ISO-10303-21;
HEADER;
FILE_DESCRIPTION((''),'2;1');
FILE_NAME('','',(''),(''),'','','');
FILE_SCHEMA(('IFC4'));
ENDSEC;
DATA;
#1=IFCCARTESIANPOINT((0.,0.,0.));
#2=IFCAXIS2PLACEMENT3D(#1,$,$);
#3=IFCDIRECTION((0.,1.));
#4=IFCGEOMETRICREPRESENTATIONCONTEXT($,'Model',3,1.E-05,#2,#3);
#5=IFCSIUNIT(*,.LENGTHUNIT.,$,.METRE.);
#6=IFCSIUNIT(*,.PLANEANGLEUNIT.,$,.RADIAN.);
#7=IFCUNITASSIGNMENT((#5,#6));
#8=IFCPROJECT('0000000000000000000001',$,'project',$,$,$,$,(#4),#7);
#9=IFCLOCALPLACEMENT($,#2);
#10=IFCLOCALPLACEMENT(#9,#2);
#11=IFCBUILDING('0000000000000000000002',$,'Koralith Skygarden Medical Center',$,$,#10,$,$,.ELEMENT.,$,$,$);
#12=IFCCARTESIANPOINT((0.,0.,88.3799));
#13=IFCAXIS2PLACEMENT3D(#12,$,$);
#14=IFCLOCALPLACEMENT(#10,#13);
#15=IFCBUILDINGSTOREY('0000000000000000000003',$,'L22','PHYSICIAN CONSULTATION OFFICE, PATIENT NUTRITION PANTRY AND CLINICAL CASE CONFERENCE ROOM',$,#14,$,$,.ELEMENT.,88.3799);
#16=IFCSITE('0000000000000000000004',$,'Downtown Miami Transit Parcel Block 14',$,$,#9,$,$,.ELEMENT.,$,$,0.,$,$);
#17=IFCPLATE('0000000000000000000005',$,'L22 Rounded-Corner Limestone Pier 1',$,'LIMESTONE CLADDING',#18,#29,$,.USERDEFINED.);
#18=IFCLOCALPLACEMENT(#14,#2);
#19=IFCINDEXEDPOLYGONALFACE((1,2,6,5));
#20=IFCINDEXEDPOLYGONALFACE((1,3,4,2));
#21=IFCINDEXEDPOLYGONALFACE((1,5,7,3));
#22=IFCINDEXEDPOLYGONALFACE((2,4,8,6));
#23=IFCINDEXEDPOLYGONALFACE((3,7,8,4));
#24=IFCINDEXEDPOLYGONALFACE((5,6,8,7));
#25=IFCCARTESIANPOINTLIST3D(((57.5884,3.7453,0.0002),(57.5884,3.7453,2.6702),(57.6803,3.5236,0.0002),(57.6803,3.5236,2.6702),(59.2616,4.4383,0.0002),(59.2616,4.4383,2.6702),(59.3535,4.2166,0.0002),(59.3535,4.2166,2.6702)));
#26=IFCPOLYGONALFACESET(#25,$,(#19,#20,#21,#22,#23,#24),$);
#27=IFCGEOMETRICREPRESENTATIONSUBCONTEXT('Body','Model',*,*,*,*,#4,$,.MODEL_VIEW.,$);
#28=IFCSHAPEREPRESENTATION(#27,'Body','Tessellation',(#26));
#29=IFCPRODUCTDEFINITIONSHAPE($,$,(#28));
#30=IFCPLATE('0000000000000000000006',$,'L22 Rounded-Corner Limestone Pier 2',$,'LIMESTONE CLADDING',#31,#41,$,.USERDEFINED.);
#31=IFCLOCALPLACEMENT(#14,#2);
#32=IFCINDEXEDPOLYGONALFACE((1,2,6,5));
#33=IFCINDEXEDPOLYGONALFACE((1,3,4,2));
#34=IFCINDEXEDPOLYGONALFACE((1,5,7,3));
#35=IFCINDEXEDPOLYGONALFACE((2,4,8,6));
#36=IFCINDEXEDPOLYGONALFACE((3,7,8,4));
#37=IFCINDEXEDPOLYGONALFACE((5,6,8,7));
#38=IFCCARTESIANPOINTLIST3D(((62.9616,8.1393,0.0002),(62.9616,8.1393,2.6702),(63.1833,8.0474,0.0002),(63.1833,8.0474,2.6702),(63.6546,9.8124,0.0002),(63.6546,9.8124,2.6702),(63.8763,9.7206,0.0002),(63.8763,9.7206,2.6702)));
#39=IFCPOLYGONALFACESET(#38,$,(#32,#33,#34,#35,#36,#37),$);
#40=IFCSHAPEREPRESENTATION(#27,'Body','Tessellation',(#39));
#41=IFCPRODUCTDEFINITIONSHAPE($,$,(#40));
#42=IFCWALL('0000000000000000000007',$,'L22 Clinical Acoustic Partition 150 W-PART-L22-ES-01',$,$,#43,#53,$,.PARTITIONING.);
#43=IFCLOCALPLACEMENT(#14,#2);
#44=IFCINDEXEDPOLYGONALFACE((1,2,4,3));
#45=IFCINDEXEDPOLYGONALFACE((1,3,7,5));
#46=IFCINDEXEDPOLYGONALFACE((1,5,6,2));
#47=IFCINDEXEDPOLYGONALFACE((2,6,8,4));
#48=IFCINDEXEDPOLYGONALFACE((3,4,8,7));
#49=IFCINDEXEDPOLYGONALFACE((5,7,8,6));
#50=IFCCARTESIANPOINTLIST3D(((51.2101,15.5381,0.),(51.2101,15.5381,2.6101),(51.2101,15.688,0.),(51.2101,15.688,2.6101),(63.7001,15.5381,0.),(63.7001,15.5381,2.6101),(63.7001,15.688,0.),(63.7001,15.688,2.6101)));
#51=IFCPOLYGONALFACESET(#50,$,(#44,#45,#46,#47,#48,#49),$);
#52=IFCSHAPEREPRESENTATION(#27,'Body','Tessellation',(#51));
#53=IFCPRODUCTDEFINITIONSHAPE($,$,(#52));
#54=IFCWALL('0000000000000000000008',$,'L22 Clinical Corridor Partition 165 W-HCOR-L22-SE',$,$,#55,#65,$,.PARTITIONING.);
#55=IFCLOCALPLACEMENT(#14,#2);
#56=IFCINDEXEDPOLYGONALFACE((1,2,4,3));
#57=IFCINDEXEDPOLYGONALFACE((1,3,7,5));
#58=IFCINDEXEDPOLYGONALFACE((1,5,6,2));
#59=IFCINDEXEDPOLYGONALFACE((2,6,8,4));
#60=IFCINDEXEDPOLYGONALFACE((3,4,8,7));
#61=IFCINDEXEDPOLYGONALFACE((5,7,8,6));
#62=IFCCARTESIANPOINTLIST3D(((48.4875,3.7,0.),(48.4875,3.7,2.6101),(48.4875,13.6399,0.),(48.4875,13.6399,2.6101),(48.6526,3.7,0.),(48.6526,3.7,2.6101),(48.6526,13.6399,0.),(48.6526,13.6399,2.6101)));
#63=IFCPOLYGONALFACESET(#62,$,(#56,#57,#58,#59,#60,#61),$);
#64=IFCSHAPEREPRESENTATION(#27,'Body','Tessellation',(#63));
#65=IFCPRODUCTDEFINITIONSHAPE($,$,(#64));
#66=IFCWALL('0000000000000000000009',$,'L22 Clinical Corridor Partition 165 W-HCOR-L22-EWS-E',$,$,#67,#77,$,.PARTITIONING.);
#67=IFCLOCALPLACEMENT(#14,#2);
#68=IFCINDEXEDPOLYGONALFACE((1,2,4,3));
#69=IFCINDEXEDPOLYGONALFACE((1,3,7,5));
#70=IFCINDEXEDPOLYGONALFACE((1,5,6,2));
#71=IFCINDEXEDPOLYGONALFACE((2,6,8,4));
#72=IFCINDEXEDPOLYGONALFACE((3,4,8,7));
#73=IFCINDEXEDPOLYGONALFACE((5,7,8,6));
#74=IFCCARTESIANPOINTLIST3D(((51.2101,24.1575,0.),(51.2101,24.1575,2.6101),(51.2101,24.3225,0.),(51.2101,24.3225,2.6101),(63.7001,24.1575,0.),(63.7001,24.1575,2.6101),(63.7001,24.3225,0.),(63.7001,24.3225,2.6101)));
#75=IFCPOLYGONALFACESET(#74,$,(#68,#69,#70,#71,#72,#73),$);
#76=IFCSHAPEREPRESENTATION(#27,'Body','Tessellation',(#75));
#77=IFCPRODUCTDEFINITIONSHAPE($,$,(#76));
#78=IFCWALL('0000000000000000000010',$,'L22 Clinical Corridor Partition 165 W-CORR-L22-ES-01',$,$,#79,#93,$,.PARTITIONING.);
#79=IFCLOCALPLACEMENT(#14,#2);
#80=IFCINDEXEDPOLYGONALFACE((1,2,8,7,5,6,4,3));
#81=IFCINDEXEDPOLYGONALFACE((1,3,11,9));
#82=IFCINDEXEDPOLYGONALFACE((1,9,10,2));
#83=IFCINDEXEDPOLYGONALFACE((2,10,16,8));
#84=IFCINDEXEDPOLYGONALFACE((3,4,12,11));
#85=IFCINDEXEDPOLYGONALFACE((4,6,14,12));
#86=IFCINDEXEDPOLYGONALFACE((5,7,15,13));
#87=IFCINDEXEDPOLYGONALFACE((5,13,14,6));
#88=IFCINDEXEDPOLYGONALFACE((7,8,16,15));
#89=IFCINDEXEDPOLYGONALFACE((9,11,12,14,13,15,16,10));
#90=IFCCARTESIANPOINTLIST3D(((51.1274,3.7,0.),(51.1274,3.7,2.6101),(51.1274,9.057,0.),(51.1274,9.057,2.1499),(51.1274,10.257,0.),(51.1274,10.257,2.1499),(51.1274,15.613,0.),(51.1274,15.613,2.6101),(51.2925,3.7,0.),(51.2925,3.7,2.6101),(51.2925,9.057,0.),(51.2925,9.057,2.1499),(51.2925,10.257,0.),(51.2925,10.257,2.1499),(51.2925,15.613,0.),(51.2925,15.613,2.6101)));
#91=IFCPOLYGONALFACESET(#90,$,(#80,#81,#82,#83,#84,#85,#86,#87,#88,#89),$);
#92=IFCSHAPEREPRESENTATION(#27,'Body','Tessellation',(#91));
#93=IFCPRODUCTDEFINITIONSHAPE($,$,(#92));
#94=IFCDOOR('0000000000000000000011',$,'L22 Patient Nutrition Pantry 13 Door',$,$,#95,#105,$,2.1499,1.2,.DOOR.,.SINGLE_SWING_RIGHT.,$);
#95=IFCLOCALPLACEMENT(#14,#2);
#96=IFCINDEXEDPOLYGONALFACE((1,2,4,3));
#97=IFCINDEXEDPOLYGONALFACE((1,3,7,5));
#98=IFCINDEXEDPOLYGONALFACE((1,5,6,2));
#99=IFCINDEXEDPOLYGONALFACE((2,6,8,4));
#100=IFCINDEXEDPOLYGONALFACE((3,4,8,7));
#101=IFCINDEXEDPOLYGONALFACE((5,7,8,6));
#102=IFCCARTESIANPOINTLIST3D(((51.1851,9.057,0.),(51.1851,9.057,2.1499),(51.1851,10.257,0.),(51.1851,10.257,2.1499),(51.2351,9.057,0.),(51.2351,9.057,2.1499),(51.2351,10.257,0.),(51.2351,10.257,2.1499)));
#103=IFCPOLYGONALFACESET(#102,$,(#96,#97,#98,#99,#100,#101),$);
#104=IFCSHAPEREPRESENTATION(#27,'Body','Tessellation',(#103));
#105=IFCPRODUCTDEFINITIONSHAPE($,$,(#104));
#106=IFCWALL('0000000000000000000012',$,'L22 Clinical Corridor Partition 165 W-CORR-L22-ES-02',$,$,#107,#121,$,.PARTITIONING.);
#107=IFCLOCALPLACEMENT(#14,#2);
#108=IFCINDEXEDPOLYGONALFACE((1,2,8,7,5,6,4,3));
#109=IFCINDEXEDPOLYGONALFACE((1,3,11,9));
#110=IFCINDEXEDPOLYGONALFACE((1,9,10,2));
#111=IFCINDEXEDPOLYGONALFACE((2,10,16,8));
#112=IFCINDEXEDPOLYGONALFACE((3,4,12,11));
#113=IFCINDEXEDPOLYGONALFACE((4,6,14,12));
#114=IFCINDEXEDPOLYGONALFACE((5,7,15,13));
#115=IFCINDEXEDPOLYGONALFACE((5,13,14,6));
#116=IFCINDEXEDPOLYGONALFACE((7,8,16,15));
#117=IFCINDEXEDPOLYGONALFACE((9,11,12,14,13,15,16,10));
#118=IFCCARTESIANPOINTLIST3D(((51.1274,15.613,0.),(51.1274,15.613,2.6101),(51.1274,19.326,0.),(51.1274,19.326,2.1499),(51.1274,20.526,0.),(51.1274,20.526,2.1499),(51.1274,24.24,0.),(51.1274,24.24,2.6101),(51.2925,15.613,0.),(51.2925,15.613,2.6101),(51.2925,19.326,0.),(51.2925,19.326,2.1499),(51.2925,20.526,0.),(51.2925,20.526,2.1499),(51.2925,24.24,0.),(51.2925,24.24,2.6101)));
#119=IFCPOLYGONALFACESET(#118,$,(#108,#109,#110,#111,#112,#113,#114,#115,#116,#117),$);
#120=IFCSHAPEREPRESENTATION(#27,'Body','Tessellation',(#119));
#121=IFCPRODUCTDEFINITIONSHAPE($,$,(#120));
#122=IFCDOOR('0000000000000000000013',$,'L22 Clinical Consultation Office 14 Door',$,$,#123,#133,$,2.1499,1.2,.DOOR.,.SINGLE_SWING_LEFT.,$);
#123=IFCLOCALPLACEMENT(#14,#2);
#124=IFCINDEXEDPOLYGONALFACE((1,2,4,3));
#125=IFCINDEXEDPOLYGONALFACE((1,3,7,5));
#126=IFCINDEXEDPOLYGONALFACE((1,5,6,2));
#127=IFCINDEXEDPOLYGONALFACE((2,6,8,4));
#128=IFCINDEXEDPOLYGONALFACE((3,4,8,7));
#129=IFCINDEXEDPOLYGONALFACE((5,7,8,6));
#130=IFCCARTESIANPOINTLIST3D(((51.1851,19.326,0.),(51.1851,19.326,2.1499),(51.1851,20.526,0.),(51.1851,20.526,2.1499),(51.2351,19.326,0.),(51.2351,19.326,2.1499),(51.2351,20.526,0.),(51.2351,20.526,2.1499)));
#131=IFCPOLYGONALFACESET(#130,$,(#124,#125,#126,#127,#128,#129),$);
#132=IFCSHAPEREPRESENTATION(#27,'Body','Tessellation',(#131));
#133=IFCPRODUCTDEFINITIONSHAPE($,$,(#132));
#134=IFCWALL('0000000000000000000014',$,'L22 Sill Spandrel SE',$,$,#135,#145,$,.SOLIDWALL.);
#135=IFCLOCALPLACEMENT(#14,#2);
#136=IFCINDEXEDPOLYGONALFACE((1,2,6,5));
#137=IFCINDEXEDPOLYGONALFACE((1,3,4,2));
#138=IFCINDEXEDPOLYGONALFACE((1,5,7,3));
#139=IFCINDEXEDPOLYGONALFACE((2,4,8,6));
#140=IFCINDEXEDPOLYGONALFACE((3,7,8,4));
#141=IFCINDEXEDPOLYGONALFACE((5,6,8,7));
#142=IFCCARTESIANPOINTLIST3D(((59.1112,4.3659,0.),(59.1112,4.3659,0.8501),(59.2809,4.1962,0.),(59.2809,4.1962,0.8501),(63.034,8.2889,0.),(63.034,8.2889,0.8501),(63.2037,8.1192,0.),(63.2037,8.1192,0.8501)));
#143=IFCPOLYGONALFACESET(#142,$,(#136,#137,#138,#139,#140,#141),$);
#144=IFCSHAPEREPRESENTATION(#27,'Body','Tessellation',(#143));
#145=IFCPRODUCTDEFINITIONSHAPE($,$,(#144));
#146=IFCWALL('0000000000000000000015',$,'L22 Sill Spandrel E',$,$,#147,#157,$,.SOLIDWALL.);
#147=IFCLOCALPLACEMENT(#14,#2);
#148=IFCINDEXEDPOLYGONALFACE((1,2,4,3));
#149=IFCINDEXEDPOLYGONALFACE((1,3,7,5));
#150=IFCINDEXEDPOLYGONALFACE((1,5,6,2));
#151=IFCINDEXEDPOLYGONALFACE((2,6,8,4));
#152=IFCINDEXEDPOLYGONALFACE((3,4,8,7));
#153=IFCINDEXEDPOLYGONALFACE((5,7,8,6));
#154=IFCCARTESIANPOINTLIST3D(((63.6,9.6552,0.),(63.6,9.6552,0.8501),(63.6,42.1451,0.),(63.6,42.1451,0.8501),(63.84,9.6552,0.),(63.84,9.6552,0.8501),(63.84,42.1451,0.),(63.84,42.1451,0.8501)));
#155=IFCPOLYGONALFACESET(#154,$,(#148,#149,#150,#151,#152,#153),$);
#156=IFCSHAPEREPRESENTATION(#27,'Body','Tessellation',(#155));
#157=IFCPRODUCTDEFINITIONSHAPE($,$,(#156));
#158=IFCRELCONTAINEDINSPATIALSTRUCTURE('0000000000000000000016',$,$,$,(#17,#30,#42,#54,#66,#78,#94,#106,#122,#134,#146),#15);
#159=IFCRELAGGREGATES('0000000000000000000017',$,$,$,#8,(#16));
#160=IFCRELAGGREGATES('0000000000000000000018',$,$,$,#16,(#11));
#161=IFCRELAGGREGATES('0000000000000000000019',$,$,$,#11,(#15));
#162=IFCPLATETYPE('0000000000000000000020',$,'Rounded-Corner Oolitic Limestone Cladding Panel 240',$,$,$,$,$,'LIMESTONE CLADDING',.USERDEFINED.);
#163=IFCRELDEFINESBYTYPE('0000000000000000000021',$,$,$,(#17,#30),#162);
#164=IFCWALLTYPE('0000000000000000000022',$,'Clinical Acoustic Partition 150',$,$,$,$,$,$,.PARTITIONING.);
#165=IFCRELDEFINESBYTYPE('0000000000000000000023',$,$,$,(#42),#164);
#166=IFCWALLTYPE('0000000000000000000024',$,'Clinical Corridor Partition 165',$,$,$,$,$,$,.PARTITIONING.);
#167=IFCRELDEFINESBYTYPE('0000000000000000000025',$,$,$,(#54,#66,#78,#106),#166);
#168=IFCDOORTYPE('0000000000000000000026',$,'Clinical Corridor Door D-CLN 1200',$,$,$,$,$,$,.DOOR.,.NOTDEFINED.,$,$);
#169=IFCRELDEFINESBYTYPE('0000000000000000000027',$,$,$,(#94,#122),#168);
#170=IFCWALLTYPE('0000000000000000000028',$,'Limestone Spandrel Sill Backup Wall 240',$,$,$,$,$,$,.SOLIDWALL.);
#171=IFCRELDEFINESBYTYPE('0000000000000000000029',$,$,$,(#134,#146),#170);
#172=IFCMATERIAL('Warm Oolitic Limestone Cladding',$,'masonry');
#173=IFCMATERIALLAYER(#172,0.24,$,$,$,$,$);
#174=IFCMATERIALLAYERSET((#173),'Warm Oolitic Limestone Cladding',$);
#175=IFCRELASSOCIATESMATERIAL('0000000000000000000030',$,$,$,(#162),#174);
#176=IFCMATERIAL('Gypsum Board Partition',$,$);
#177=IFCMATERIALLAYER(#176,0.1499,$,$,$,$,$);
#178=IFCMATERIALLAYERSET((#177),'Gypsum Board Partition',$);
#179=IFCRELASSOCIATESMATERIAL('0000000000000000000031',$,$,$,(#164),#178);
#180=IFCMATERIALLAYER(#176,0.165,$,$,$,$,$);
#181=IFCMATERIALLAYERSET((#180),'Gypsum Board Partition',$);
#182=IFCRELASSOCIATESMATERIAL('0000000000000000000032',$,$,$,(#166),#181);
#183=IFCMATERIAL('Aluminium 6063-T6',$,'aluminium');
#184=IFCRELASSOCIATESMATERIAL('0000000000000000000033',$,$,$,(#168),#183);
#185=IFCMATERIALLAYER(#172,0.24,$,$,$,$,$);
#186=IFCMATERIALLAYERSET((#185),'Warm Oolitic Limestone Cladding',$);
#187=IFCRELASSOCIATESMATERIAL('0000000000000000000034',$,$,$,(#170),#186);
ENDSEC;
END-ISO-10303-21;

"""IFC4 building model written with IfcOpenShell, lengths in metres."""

from ifc_helpers import new_model, si_unit, direction, frame, frame_2d, origin, origin_2d, place, context, subcontext, project, spatial, rectangle, extrude, material, layer, layer_set, type_object, element, fill, save


model = new_model("IFC4")

# Units and contexts
model_context = context("Model", 3, precision=1e-05, world=origin(), true_north=direction((0.0, 1.0)))
body_context = subcontext(model_context, "Body", "Model", "MODEL_VIEW")
ifc_project = project(units=[si_unit("LENGTHUNIT", "METRE"), si_unit("PLANEANGLEUNIT", "RADIAN")], contexts=[model_context])

# Site, building, storey
site_placement = place(None, origin())
site = spatial("IfcSite", under=ifc_project, at=site_placement, Name="Downtown Miami Transit Parcel Block 14", CompositionType="ELEMENT", RefElevation=0.0)
building_placement = place(site_placement, origin())
building = spatial("IfcBuilding", under=site, at=building_placement, Name="Koralith Skygarden Medical Center", CompositionType="ELEMENT")
storey_placement = place(building_placement, frame((0.0, 0.0, 88.3799)))
storey = spatial("IfcBuildingStorey", under=building, at=storey_placement, Name="L22", Description="PHYSICIAN CONSULTATION OFFICE, PATIENT NUTRITION PANTRY AND CLINICAL CASE CONFERENCE ROOM", CompositionType="ELEMENT", Elevation=88.3799)

# Shared definitions
ifc_material_1 = material(Name="Aluminium 6063-T6", Category="aluminium")

# Plates
ifc_material_2 = material(Name="Warm Oolitic Limestone Cladding", Category="masonry")
ifc_layer_1 = layer(ifc_material_2, 0.24)
ifc_layer_set_1 = layer_set([ifc_layer_1], Name="Warm Oolitic Limestone Cladding")
plate_type_1 = type_object("IfcPlateType", Name="Rounded-Corner Oolitic Limestone Cladding Panel 240", ElementType="LIMESTONE CLADDING", PredefinedType="USERDEFINED", material=ifc_layer_set_1)
for number, where, z_axis, x_axis, name in (
    (1, (58.4709, 3.981, 0.0002), (0.0, 0.0, 1.0), (0.923885, 0.382671, 0.0), "L22 Rounded-Corner Limestone Pier 1"),
    (2, (63.4189, 8.9299, 0.0002), (0.0, 0.0, 1.0), (0.382671, 0.923885, 0.0), "L22 Rounded-Corner Limestone Pier 2"),
):
    element("IfcPlate", number, at=place(storey_placement, frame(where, z_axis=z_axis, x_axis=x_axis)), inside=storey, type_object=plate_type_1, Name=name, ObjectType="LIMESTONE CLADDING", PredefinedType="USERDEFINED", context=body_context, shape_type="SweptSolid", body=[
        extrude(rectangle(XDim=1.811, YDim=0.24, at=origin_2d()), origin(), (0.0, 0.0, 1.0), 2.6699),
    ])

# Walls
ifc_material_3 = material(Name="Gypsum Board Partition")
ifc_layer_2 = layer(ifc_material_3, 0.1499)
ifc_layer_set_2 = layer_set([ifc_layer_2], Name="Gypsum Board Partition")
wall_type_1 = type_object("IfcWallType", Name="Clinical Acoustic Partition 150", PredefinedType="PARTITIONING", material=ifc_layer_set_2)
wall_1_placement = place(storey_placement, frame((51.21, 15.613, 0.0), z_axis=(0.0, 0.0, 1.0), x_axis=(1.0, 0.0, 0.0)))
element("IfcWall", 3, at=wall_1_placement, inside=storey, type_object=wall_type_1, Name="L22 Clinical Acoustic Partition 150 W-PART-L22-ES-01", PredefinedType="PARTITIONING", context=body_context, shape_type="SweptSolid", body=[
    extrude(rectangle(XDim=12.49, YDim=0.1499, at=frame_2d((6.2451, 0.0))), origin(), (0.0, 0.0, 1.0), 2.6101),
])
ifc_layer_3 = layer(ifc_material_3, 0.165)
ifc_layer_set_3 = layer_set([ifc_layer_3], Name="Gypsum Board Partition")
wall_type_2 = type_object("IfcWallType", Name="Clinical Corridor Partition 165", PredefinedType="PARTITIONING", material=ifc_layer_set_3)
wall_2_placement = place(storey_placement, frame((48.5701, 3.7, 0.0), z_axis=(0.0, 0.0, 1.0), x_axis=(0.0, 1.0, 0.0)))
element("IfcWall", 4, at=wall_2_placement, inside=storey, type_object=wall_type_2, Name="L22 Clinical Corridor Partition 165 W-HCOR-L22-SE", PredefinedType="PARTITIONING", context=body_context, shape_type="SweptSolid", body=[
    extrude(rectangle(XDim=9.9399, YDim=0.165, at=frame_2d((4.97, 0.0))), origin(), (0.0, 0.0, 1.0), 2.6101),
])
wall_3_placement = place(storey_placement, frame((51.21, 24.24, 0.0), z_axis=(0.0, 0.0, 1.0), x_axis=(1.0, 0.0, 0.0)))
element("IfcWall", 5, at=wall_3_placement, inside=storey, type_object=wall_type_2, Name="L22 Clinical Corridor Partition 165 W-HCOR-L22-EWS-E", PredefinedType="PARTITIONING", context=body_context, shape_type="SweptSolid", body=[
    extrude(rectangle(XDim=12.49, YDim=0.165, at=frame_2d((6.2451, 0.0))), origin(), (0.0, 0.0, 1.0), 2.6101),
])

# Walls, openings, doors
wall_4_placement = place(storey_placement, frame((51.21, 3.7, 0.0), z_axis=(0.0, 0.0, 1.0), x_axis=(0.0, 1.0, 0.0)))
wall_4 = element("IfcWall", 6, at=wall_4_placement, inside=storey, type_object=wall_type_2, Name="L22 Clinical Corridor Partition 165 W-CORR-L22-ES-01", PredefinedType="PARTITIONING", context=body_context, shape_type="SweptSolid", body=[
    extrude(rectangle(XDim=11.9131, YDim=0.165, at=frame_2d((5.9565, 0.0))), origin(), (0.0, 0.0, 1.0), 2.6101),
])
opening_1_placement = place(wall_4_placement, frame((5.3569, 0.0, 0.0)))
opening_1 = element("IfcOpeningElement", 7, at=opening_1_placement, cuts=wall_4, PredefinedType="OPENING", context=body_context, shape_type="SweptSolid", body=[
    extrude(rectangle(XDim=1.2, YDim=2.1499, at=frame_2d((0.6001, 1.075))), frame((0.0, 0.0925, 0.0), z_axis=(0.0, -1.0, 0.0), x_axis=(1.0, 0.0, 0.0)), (0.0, 0.0, 1.0), 0.1851),
])
door_type = type_object("IfcDoorType", Name="Clinical Corridor Door D-CLN 1200", OperationType="NOTDEFINED", PredefinedType="DOOR", material=ifc_material_1)
door_1_placement = place(opening_1_placement, origin())
door_1 = element("IfcDoor", 8, at=door_1_placement, inside=storey, type_object=door_type, Name="L22 Patient Nutrition Pantry 13 Door", OperationType="SINGLE_SWING_RIGHT", OverallHeight=2.1499, OverallWidth=1.2, PredefinedType="DOOR", context=body_context, shape_type="SweptSolid", body=[
    extrude(rectangle(XDim=1.2, YDim=2.1499, at=frame_2d((0.6001, 1.075))), frame((0.0, 0.0249, 0.0), z_axis=(0.0, -1.0, 0.0), x_axis=(1.0, 0.0, 0.0)), (0.0, 0.0, 1.0), 0.05),
])
fill(opening_1, door_1)
wall_5_placement = place(storey_placement, frame((51.21, 15.613, 0.0), z_axis=(0.0, 0.0, 1.0), x_axis=(0.0, 1.0, 0.0)))
wall_5 = element("IfcWall", 9, at=wall_5_placement, inside=storey, type_object=wall_type_2, Name="L22 Clinical Corridor Partition 165 W-CORR-L22-ES-02", PredefinedType="PARTITIONING", context=body_context, shape_type="SweptSolid", body=[
    extrude(rectangle(XDim=8.627, YDim=0.165, at=frame_2d((4.3135, 0.0))), origin(), (0.0, 0.0, 1.0), 2.6101),
])
opening_2_placement = place(wall_5_placement, frame((3.7129, 0.0, 0.0)))
opening_2 = element("IfcOpeningElement", 10, at=opening_2_placement, cuts=wall_5, PredefinedType="OPENING", context=body_context, shape_type="SweptSolid", body=[
    extrude(rectangle(XDim=1.2, YDim=2.1499, at=frame_2d((0.6001, 1.075))), frame((0.0, 0.0925, 0.0), z_axis=(0.0, -1.0, 0.0), x_axis=(1.0, 0.0, 0.0)), (0.0, 0.0, 1.0), 0.1851),
])
door_2_placement = place(opening_2_placement, origin())
door_2 = element("IfcDoor", 11, at=door_2_placement, inside=storey, type_object=door_type, Name="L22 Clinical Consultation Office 14 Door", OperationType="SINGLE_SWING_LEFT", OverallHeight=2.1499, OverallWidth=1.2, PredefinedType="DOOR", context=body_context, shape_type="SweptSolid", body=[
    extrude(rectangle(XDim=1.2, YDim=2.1499, at=frame_2d((0.6001, 1.075))), frame((0.0, 0.0249, 0.0), z_axis=(0.0, -1.0, 0.0), x_axis=(1.0, 0.0, 0.0)), (0.0, 0.0, 1.0), 0.05),
])
fill(opening_2, door_2)

# Walls
ifc_layer_4 = layer(ifc_material_2, 0.24)
ifc_layer_set_4 = layer_set([ifc_layer_4], Name="Warm Oolitic Limestone Cladding")
wall_type_3 = type_object("IfcWallType", Name="Limestone Spandrel Sill Backup Wall 240", PredefinedType="SOLIDWALL", material=ifc_layer_set_4)
wall_6_placement = place(storey_placement, frame((59.196, 4.281, 0.0), z_axis=(0.0, 0.0, 1.0), x_axis=(0.707085, 0.707129, 0.0)))
element("IfcWall", 12, at=wall_6_placement, inside=storey, type_object=wall_type_3, Name="L22 Sill Spandrel SE", PredefinedType="SOLIDWALL", context=body_context, shape_type="SweptSolid", body=[
    extrude(rectangle(XDim=5.5479, YDim=0.24, at=frame_2d((2.7739, 0.0))), origin(), (0.0, 0.0, 1.0), 0.8501),
])
wall_7_placement = place(storey_placement, frame((63.72, 9.655, 0.0), z_axis=(0.0, 0.0, 1.0), x_axis=(0.0, 1.0, 0.0)))
element("IfcWall", 13, at=wall_7_placement, inside=storey, type_object=wall_type_3, Name="L22 Sill Spandrel E", PredefinedType="SOLIDWALL", context=body_context, shape_type="SweptSolid", body=[
    extrude(rectangle(XDim=32.49, YDim=0.24, at=frame_2d((16.2451, 0.0))), origin(), (0.0, 0.0, 1.0), 0.8501),
])

save(model, "model.ifc")
